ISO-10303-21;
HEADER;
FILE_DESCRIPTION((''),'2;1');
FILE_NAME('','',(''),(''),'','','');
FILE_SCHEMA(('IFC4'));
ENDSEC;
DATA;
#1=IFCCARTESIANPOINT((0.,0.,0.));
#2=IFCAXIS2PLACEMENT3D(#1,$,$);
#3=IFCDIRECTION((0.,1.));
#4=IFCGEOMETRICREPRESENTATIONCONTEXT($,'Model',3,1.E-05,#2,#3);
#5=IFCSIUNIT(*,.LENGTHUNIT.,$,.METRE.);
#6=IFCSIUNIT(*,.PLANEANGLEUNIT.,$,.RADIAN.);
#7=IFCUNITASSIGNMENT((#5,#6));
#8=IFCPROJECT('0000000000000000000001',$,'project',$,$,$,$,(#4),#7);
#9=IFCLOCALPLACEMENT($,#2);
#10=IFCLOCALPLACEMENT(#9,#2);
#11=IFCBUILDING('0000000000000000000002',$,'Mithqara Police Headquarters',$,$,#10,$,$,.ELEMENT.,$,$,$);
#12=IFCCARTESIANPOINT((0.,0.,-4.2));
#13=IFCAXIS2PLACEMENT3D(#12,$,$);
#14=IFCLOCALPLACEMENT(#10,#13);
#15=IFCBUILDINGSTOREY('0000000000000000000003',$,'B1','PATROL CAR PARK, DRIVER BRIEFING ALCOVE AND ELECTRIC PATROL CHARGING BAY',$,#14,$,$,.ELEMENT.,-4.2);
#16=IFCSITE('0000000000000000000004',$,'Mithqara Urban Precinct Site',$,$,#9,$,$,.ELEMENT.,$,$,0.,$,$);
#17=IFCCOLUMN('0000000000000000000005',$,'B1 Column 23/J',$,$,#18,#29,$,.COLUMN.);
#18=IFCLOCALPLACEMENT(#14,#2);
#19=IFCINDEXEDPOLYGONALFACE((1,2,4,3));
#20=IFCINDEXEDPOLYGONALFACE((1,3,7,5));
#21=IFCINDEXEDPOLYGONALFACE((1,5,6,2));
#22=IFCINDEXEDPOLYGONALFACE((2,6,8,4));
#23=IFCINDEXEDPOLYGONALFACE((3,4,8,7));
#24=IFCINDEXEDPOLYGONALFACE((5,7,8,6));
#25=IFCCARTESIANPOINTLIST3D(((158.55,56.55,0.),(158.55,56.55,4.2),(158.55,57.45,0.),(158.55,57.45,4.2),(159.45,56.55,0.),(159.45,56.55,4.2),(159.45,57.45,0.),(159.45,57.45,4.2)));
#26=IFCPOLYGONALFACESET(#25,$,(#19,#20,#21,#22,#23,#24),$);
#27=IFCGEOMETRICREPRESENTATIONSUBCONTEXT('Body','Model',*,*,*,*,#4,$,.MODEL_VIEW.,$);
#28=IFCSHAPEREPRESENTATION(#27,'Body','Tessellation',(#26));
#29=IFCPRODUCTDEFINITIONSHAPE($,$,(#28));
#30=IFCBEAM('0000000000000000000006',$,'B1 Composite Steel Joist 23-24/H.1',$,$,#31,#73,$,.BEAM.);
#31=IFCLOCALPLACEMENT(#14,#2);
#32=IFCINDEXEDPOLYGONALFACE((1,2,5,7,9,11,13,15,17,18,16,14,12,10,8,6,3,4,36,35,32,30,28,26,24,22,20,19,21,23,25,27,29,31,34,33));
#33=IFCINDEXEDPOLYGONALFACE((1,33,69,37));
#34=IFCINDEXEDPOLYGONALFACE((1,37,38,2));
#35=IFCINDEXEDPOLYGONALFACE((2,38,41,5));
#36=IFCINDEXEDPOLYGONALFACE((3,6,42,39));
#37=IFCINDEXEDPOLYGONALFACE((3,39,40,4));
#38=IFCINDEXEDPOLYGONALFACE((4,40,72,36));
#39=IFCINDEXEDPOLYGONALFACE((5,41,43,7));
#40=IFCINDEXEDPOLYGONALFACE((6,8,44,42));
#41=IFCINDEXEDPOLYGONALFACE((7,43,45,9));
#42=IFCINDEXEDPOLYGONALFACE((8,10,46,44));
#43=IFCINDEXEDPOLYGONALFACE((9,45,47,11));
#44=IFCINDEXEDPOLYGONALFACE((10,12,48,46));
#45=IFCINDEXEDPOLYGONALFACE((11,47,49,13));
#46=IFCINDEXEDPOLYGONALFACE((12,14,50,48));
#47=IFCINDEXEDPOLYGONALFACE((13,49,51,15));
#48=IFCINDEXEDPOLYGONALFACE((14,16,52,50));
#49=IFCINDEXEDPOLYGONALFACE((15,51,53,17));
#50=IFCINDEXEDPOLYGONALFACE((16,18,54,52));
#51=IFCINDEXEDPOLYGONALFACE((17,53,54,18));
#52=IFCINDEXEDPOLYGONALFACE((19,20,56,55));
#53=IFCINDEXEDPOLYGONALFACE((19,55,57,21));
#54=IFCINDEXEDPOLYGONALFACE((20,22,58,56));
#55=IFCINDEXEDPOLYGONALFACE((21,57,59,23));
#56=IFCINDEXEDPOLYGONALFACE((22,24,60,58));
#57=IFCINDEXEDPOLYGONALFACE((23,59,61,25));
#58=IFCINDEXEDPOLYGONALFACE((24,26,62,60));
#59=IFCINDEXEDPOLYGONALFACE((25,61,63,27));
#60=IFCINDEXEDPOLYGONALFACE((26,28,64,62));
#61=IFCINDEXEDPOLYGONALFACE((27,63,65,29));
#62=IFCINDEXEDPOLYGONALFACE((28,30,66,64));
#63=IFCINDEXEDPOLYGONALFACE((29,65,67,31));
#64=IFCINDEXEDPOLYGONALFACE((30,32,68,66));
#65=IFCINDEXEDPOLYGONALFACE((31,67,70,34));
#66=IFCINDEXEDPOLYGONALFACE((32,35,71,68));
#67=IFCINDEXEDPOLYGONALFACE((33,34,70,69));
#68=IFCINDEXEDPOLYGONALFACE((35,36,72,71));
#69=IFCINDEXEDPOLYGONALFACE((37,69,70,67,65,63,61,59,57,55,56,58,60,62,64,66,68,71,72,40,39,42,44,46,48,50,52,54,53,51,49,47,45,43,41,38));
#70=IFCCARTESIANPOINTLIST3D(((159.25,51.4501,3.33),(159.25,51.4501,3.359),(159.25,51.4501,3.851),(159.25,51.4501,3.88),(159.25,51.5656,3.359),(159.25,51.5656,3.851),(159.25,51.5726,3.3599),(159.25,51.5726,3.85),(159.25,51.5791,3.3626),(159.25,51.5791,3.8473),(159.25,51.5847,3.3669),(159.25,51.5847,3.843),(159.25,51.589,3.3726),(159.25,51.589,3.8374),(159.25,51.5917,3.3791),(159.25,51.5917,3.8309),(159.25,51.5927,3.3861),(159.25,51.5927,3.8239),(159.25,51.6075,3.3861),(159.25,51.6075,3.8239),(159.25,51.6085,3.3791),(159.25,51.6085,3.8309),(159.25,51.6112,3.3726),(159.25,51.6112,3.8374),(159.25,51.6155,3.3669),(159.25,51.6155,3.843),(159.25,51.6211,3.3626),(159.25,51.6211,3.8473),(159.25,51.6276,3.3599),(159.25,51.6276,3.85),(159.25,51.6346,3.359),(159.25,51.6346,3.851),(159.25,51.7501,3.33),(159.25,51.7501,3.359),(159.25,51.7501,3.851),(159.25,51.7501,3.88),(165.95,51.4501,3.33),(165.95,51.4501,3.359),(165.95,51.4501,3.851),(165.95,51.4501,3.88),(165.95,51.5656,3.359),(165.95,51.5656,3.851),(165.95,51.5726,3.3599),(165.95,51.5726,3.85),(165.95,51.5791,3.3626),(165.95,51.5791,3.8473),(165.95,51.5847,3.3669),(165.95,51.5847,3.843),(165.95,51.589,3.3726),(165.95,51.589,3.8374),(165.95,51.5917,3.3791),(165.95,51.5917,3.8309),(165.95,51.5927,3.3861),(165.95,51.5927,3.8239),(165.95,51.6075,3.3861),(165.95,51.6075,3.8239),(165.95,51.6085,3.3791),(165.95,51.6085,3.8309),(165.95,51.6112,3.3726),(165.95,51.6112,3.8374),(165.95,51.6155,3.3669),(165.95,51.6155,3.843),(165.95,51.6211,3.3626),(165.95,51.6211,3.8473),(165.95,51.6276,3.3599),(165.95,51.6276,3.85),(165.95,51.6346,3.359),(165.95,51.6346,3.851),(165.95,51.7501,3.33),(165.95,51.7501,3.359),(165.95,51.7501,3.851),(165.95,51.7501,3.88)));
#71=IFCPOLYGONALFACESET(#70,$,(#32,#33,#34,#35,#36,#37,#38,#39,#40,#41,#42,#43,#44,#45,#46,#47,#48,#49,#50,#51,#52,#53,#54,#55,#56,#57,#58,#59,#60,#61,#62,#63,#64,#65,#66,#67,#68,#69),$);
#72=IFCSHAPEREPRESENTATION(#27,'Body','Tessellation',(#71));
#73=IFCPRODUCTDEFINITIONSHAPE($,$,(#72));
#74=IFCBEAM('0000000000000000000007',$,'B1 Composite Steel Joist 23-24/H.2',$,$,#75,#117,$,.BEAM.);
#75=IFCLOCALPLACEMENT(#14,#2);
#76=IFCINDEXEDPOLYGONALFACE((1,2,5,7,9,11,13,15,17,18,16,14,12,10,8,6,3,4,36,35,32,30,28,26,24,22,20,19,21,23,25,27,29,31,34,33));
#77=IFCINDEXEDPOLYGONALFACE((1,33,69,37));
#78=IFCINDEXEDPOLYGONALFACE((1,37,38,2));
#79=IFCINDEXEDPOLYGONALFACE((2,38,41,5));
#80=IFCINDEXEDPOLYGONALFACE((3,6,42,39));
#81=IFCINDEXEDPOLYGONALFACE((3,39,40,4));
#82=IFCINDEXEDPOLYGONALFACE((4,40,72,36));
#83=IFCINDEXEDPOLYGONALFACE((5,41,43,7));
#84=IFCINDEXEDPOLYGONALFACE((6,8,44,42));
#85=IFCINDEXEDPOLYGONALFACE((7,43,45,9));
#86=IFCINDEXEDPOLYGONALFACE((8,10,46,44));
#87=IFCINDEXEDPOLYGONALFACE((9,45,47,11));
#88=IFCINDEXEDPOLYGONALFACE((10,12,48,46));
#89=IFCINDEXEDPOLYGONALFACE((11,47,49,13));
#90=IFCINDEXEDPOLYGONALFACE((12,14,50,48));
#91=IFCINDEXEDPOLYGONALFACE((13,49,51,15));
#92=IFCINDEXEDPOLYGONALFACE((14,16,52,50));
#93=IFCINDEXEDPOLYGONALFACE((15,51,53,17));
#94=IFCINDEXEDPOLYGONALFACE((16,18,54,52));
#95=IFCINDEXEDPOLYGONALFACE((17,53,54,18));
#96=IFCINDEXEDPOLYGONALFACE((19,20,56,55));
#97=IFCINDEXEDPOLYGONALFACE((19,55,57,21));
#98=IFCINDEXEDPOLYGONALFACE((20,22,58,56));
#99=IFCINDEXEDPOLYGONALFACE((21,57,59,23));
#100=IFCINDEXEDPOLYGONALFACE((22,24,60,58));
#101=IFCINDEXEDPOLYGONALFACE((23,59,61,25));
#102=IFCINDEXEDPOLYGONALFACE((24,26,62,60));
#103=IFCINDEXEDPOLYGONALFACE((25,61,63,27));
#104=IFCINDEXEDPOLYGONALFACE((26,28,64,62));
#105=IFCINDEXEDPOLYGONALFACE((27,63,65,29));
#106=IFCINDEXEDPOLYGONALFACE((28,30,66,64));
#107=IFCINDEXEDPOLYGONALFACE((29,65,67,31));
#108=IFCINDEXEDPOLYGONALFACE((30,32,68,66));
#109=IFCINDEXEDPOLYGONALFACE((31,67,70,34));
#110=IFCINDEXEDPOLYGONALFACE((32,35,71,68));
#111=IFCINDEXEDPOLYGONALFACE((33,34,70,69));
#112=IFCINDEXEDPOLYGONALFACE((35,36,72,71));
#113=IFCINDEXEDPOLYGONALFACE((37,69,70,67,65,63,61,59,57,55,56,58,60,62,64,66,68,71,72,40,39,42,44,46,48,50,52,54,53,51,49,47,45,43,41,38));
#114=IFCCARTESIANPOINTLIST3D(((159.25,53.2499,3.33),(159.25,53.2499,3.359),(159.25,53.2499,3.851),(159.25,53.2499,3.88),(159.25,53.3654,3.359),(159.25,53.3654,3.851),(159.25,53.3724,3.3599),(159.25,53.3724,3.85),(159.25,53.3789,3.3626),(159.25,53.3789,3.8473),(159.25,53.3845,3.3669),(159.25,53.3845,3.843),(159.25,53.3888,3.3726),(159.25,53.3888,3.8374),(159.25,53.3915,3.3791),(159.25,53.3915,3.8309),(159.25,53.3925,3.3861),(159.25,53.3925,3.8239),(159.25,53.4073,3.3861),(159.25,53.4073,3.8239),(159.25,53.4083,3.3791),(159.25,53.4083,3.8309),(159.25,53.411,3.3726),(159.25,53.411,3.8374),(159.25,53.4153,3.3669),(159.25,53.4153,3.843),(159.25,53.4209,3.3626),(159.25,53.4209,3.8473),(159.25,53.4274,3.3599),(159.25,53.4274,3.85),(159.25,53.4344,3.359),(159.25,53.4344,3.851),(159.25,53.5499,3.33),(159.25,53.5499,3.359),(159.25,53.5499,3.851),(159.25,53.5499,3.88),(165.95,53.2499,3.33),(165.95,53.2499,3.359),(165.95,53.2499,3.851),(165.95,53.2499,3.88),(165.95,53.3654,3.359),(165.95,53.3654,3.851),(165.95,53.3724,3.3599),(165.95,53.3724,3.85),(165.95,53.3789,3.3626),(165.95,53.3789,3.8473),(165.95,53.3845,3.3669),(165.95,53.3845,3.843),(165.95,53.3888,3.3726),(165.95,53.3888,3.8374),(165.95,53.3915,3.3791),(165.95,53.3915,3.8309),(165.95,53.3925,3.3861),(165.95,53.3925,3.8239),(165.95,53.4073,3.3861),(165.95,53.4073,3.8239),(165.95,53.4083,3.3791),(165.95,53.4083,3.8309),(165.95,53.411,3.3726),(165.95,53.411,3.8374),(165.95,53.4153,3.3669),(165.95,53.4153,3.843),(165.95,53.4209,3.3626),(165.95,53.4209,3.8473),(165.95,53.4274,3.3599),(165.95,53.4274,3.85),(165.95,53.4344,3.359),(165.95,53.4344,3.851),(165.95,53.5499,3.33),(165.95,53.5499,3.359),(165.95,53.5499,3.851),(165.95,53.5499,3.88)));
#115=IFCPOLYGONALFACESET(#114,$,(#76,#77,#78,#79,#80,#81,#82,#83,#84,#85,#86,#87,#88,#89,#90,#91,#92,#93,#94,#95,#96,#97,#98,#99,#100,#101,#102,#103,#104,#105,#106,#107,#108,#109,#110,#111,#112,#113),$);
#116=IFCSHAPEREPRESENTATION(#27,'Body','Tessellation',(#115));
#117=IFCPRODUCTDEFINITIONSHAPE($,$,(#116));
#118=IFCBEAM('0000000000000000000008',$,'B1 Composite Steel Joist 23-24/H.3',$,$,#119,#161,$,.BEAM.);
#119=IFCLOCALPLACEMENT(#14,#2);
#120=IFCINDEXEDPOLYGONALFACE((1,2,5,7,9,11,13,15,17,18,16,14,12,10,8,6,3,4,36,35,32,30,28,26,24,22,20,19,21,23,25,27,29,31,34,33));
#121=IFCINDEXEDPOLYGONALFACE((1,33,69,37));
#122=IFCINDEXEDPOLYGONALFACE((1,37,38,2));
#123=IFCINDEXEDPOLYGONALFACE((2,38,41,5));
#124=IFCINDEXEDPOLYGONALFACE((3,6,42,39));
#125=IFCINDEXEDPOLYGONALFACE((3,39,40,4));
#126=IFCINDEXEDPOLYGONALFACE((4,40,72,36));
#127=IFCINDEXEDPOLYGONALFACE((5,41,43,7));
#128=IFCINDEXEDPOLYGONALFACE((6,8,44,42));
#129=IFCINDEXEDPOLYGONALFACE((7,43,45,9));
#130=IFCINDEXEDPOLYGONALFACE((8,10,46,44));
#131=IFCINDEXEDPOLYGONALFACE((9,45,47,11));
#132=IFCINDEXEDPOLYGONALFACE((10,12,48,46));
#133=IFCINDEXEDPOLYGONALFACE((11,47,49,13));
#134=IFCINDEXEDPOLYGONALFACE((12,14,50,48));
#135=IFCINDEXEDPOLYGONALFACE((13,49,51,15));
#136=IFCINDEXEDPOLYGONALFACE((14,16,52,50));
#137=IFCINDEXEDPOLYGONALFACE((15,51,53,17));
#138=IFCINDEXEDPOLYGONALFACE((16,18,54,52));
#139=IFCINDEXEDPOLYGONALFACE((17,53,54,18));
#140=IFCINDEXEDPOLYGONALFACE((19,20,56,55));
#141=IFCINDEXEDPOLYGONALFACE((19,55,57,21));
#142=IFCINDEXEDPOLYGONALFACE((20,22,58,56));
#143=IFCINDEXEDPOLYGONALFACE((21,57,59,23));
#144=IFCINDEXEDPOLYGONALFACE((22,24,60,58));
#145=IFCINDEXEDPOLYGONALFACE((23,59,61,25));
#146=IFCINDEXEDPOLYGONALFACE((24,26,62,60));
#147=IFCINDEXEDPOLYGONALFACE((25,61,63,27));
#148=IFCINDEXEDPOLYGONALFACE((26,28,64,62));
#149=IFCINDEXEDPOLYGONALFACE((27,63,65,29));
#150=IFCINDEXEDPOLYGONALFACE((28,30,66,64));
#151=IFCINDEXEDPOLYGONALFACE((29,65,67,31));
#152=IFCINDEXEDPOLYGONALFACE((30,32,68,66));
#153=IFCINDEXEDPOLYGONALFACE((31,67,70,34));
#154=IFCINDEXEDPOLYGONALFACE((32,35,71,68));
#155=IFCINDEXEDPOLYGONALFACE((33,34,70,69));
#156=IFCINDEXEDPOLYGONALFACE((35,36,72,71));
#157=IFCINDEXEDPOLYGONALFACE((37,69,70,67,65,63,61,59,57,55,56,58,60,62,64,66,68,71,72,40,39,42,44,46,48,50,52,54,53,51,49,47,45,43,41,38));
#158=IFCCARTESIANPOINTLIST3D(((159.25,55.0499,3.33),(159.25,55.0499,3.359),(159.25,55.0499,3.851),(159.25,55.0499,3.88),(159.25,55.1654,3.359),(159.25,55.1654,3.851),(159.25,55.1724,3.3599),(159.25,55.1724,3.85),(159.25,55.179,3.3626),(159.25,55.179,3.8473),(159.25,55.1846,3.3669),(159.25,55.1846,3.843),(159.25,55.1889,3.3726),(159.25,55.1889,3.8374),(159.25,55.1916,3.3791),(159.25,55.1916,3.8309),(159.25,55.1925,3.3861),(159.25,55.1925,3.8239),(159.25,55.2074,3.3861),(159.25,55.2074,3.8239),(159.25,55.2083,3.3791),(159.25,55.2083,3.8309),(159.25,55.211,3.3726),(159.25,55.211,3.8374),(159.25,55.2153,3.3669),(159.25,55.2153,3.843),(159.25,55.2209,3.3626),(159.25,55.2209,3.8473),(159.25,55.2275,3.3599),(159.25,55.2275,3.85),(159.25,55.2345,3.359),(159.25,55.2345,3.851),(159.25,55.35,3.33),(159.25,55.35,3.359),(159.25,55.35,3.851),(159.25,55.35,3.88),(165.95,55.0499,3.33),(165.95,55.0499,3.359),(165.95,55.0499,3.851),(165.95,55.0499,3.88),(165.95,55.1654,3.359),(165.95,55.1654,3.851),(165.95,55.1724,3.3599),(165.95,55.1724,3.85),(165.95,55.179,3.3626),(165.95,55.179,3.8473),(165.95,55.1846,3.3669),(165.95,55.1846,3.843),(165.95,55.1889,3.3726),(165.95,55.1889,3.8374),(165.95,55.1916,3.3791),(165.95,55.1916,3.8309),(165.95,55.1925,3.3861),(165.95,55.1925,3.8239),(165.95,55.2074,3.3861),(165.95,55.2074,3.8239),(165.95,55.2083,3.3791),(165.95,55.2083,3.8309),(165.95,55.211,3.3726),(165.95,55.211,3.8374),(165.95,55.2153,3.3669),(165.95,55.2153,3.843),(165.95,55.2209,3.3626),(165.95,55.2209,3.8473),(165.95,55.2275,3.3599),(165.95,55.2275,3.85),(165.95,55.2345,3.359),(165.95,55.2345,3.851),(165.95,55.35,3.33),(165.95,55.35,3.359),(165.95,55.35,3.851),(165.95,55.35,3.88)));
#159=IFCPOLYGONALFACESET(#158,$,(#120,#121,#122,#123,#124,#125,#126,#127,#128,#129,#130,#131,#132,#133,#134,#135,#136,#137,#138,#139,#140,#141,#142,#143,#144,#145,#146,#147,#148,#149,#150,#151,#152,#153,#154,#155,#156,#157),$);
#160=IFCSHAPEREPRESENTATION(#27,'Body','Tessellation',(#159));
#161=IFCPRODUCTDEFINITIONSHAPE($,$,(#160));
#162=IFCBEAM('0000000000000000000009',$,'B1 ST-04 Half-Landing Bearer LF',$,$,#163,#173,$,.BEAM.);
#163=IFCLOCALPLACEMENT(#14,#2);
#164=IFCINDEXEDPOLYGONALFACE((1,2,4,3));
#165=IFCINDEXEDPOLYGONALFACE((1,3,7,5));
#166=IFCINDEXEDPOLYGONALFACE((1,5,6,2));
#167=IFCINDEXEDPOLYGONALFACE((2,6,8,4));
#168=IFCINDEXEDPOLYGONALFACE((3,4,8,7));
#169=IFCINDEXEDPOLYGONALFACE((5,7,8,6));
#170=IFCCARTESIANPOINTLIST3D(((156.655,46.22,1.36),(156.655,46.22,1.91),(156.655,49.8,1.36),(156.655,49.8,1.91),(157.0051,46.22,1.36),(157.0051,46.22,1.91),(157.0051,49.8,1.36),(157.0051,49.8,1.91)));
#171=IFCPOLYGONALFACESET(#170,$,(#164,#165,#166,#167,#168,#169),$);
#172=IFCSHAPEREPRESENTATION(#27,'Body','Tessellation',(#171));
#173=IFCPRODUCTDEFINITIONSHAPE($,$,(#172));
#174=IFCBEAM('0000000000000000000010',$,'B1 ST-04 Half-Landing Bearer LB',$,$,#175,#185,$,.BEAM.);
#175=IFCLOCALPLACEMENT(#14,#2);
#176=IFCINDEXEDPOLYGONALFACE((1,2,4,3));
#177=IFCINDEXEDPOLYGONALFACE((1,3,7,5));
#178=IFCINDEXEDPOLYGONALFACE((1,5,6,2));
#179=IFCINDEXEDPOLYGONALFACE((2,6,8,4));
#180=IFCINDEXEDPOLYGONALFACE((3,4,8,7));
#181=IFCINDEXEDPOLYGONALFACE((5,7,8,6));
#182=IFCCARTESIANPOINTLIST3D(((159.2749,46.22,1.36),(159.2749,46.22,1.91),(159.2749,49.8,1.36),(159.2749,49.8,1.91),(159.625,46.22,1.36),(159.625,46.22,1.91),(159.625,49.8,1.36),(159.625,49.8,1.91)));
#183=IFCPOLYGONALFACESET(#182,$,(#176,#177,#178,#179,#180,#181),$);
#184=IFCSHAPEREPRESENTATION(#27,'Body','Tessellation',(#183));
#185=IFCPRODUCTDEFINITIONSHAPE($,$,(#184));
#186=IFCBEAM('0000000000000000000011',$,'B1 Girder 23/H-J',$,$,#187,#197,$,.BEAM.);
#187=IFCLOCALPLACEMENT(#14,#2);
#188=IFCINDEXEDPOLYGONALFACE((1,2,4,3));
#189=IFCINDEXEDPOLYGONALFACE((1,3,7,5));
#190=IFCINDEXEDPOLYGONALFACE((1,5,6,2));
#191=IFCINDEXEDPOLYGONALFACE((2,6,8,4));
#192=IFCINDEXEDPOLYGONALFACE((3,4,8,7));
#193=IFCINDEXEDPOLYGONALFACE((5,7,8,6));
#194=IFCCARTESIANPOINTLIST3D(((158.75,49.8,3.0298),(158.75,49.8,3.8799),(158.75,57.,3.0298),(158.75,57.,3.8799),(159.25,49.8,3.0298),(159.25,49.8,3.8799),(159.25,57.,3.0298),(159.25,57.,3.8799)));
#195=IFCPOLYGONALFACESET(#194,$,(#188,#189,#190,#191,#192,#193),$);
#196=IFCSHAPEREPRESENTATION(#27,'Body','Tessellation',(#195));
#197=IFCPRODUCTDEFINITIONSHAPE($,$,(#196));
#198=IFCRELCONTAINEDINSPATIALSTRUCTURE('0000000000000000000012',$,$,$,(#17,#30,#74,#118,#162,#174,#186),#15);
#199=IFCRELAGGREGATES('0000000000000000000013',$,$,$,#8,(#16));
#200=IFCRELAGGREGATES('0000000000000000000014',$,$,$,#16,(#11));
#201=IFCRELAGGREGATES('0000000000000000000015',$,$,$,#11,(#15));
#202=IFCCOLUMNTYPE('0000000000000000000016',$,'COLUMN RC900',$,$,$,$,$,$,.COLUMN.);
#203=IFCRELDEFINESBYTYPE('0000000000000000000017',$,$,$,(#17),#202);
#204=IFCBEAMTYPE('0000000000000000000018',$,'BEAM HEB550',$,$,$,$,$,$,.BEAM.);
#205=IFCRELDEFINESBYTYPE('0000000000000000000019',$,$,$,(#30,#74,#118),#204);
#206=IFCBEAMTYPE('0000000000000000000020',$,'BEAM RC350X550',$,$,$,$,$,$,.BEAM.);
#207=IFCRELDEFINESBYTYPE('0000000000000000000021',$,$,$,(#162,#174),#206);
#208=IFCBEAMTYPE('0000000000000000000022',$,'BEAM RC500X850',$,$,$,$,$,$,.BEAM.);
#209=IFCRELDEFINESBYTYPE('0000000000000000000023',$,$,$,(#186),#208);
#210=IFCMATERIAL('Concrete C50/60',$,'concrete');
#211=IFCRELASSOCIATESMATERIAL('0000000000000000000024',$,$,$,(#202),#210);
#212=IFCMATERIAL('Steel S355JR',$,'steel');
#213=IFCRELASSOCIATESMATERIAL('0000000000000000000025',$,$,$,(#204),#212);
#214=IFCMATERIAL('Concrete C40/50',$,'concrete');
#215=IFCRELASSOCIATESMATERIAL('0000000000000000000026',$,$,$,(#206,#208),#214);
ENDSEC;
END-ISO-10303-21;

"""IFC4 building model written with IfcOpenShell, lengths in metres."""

from ifc_helpers import new_model, si_unit, direction, frame, origin, origin_2d, place, context, subcontext, project, spatial, rectangle, i_section, extrude, material, material_profile, profile_set, type_object, element, save


model = new_model("IFC4")

# Units and contexts
model_context = context("Model", 3, precision=1e-05, world=origin(), true_north=direction((0.0, 1.0)))
body_context = subcontext(model_context, "Body", "Model", "MODEL_VIEW")
ifc_project = project(units=[si_unit("LENGTHUNIT", "METRE"), si_unit("PLANEANGLEUNIT", "RADIAN")], contexts=[model_context])

# Site, building, storey
site_placement = place(None, origin())
site = spatial("IfcSite", under=ifc_project, at=site_placement, Name="Mithqara Urban Precinct Site", CompositionType="ELEMENT", RefElevation=0.0)
building_placement = place(site_placement, origin())
building = spatial("IfcBuilding", under=site, at=building_placement, Name="Mithqara Police Headquarters", CompositionType="ELEMENT")
storey_placement = place(building_placement, frame((0.0, 0.0, -4.2)))
storey = spatial("IfcBuildingStorey", under=building, at=storey_placement, Name="B1", Description="PATROL CAR PARK, DRIVER BRIEFING ALCOVE AND ELECTRIC PATROL CHARGING BAY", CompositionType="ELEMENT", Elevation=-4.2)

# Column
ifc_material_1 = material(Name="Concrete C50/60", Category="concrete")
ifc_material_profile_1 = material_profile(ifc_material_1, rectangle(XDim=0.8999, YDim=0.8999, at=origin_2d()), Name="RC 900x900")
ifc_profile_set_1 = profile_set([ifc_material_profile_1], Name="Concrete C50/60")
column_type = type_object("IfcColumnType", Name="COLUMN RC900", PredefinedType="COLUMN", material=ifc_profile_set_1)
column_placement = place(storey_placement, frame((159.0, 57.0, 0.0), z_axis=(0.0, 0.0, 1.0), x_axis=(1.0, 0.0, 0.0)))
element("IfcColumn", 1, at=column_placement, inside=storey, type_object=column_type, Name="B1 Column 23/J", PredefinedType="COLUMN", context=body_context, shape_type="SweptSolid", body=[
    extrude(rectangle(XDim=0.8999, YDim=0.8999, at=origin_2d()), origin(), (0.0, 0.0, 1.0), 4.2),
])

# Beams
ifc_material_2 = material(Name="Steel S355JR", Category="steel")
ifc_material_profile_2 = material_profile(ifc_material_2, i_section(OverallWidth=0.3, OverallDepth=0.55, WebThickness=0.0149, FlangeThickness=0.0291, FilletRadius=0.0271, at=origin_2d()), Name="HEB 550")
ifc_profile_set_2 = profile_set([ifc_material_profile_2], Name="Steel S355JR")
beam_type_1 = type_object("IfcBeamType", Name="BEAM HEB550", PredefinedType="BEAM", material=ifc_profile_set_2)
for number, where, z_axis, x_axis, name in (
    (2, (159.25, 51.6001, 3.605), (1.0, 0.0, 0.0), (0.0, 1.0, 0.0), "B1 Composite Steel Joist 23-24/H.1"),
    (3, (159.25, 53.3999, 3.605), (1.0, 0.0, 0.0), (0.0, 1.0, 0.0), "B1 Composite Steel Joist 23-24/H.2"),
    (4, (159.25, 55.2, 3.605), (1.0, 0.0, 0.0), (0.0, 1.0, 0.0), "B1 Composite Steel Joist 23-24/H.3"),
):
    element("IfcBeam", number, at=place(storey_placement, frame(where, z_axis=z_axis, x_axis=x_axis)), inside=storey, type_object=beam_type_1, Name=name, PredefinedType="BEAM", context=body_context, shape_type="SweptSolid", body=[
        extrude(i_section(OverallWidth=0.3, OverallDepth=0.55, WebThickness=0.0149, FlangeThickness=0.0291, FilletRadius=0.0271, at=origin_2d()), origin(), (0.0, 0.0, 1.0), 6.7),
    ])
ifc_material_3 = material(Name="Concrete C40/50", Category="concrete")
ifc_material_profile_3 = material_profile(ifc_material_3, rectangle(XDim=0.3501, YDim=0.55, at=origin_2d()), Name="RC 350x550")
ifc_profile_set_3 = profile_set([ifc_material_profile_3], Name="Concrete C40/50")
beam_type_2 = type_object("IfcBeamType", Name="BEAM RC350X550", PredefinedType="BEAM", material=ifc_profile_set_3)
for number, where, z_axis, x_axis, name in (
    (5, (156.8301, 46.22, 1.635), (0.0, 1.0, 0.0), (-1.0, 0.0, 0.0), "B1 ST-04 Half-Landing Bearer LF"),
    (6, (159.45, 46.22, 1.635), (0.0, 1.0, 0.0), (-1.0, 0.0, 0.0), "B1 ST-04 Half-Landing Bearer LB"),
):
    element("IfcBeam", number, at=place(storey_placement, frame(where, z_axis=z_axis, x_axis=x_axis)), inside=storey, type_object=beam_type_2, Name=name, PredefinedType="BEAM", context=body_context, shape_type="SweptSolid", body=[
        extrude(rectangle(XDim=0.3501, YDim=0.55, at=origin_2d()), origin(), (0.0, 0.0, 1.0), 3.5801),
    ])
ifc_material_profile_4 = material_profile(ifc_material_3, rectangle(XDim=0.5, YDim=0.8501, at=origin_2d()), Name="RC 500x850")
ifc_profile_set_4 = profile_set([ifc_material_profile_4], Name="Concrete C40/50")
beam_type_3 = type_object("IfcBeamType", Name="BEAM RC500X850", PredefinedType="BEAM", material=ifc_profile_set_4)
beam_1_placement = place(storey_placement, frame((159.0, 49.8, 3.4548), z_axis=(0.0, 1.0, 0.0), x_axis=(-1.0, 0.0, 0.0)))
element("IfcBeam", 7, at=beam_1_placement, inside=storey, type_object=beam_type_3, Name="B1 Girder 23/H-J", PredefinedType="BEAM", context=body_context, shape_type="SweptSolid", body=[
    extrude(rectangle(XDim=0.5, YDim=0.8501, at=origin_2d()), origin(), (0.0, 0.0, 1.0), 7.2),
])

save(model, "model.ifc")
